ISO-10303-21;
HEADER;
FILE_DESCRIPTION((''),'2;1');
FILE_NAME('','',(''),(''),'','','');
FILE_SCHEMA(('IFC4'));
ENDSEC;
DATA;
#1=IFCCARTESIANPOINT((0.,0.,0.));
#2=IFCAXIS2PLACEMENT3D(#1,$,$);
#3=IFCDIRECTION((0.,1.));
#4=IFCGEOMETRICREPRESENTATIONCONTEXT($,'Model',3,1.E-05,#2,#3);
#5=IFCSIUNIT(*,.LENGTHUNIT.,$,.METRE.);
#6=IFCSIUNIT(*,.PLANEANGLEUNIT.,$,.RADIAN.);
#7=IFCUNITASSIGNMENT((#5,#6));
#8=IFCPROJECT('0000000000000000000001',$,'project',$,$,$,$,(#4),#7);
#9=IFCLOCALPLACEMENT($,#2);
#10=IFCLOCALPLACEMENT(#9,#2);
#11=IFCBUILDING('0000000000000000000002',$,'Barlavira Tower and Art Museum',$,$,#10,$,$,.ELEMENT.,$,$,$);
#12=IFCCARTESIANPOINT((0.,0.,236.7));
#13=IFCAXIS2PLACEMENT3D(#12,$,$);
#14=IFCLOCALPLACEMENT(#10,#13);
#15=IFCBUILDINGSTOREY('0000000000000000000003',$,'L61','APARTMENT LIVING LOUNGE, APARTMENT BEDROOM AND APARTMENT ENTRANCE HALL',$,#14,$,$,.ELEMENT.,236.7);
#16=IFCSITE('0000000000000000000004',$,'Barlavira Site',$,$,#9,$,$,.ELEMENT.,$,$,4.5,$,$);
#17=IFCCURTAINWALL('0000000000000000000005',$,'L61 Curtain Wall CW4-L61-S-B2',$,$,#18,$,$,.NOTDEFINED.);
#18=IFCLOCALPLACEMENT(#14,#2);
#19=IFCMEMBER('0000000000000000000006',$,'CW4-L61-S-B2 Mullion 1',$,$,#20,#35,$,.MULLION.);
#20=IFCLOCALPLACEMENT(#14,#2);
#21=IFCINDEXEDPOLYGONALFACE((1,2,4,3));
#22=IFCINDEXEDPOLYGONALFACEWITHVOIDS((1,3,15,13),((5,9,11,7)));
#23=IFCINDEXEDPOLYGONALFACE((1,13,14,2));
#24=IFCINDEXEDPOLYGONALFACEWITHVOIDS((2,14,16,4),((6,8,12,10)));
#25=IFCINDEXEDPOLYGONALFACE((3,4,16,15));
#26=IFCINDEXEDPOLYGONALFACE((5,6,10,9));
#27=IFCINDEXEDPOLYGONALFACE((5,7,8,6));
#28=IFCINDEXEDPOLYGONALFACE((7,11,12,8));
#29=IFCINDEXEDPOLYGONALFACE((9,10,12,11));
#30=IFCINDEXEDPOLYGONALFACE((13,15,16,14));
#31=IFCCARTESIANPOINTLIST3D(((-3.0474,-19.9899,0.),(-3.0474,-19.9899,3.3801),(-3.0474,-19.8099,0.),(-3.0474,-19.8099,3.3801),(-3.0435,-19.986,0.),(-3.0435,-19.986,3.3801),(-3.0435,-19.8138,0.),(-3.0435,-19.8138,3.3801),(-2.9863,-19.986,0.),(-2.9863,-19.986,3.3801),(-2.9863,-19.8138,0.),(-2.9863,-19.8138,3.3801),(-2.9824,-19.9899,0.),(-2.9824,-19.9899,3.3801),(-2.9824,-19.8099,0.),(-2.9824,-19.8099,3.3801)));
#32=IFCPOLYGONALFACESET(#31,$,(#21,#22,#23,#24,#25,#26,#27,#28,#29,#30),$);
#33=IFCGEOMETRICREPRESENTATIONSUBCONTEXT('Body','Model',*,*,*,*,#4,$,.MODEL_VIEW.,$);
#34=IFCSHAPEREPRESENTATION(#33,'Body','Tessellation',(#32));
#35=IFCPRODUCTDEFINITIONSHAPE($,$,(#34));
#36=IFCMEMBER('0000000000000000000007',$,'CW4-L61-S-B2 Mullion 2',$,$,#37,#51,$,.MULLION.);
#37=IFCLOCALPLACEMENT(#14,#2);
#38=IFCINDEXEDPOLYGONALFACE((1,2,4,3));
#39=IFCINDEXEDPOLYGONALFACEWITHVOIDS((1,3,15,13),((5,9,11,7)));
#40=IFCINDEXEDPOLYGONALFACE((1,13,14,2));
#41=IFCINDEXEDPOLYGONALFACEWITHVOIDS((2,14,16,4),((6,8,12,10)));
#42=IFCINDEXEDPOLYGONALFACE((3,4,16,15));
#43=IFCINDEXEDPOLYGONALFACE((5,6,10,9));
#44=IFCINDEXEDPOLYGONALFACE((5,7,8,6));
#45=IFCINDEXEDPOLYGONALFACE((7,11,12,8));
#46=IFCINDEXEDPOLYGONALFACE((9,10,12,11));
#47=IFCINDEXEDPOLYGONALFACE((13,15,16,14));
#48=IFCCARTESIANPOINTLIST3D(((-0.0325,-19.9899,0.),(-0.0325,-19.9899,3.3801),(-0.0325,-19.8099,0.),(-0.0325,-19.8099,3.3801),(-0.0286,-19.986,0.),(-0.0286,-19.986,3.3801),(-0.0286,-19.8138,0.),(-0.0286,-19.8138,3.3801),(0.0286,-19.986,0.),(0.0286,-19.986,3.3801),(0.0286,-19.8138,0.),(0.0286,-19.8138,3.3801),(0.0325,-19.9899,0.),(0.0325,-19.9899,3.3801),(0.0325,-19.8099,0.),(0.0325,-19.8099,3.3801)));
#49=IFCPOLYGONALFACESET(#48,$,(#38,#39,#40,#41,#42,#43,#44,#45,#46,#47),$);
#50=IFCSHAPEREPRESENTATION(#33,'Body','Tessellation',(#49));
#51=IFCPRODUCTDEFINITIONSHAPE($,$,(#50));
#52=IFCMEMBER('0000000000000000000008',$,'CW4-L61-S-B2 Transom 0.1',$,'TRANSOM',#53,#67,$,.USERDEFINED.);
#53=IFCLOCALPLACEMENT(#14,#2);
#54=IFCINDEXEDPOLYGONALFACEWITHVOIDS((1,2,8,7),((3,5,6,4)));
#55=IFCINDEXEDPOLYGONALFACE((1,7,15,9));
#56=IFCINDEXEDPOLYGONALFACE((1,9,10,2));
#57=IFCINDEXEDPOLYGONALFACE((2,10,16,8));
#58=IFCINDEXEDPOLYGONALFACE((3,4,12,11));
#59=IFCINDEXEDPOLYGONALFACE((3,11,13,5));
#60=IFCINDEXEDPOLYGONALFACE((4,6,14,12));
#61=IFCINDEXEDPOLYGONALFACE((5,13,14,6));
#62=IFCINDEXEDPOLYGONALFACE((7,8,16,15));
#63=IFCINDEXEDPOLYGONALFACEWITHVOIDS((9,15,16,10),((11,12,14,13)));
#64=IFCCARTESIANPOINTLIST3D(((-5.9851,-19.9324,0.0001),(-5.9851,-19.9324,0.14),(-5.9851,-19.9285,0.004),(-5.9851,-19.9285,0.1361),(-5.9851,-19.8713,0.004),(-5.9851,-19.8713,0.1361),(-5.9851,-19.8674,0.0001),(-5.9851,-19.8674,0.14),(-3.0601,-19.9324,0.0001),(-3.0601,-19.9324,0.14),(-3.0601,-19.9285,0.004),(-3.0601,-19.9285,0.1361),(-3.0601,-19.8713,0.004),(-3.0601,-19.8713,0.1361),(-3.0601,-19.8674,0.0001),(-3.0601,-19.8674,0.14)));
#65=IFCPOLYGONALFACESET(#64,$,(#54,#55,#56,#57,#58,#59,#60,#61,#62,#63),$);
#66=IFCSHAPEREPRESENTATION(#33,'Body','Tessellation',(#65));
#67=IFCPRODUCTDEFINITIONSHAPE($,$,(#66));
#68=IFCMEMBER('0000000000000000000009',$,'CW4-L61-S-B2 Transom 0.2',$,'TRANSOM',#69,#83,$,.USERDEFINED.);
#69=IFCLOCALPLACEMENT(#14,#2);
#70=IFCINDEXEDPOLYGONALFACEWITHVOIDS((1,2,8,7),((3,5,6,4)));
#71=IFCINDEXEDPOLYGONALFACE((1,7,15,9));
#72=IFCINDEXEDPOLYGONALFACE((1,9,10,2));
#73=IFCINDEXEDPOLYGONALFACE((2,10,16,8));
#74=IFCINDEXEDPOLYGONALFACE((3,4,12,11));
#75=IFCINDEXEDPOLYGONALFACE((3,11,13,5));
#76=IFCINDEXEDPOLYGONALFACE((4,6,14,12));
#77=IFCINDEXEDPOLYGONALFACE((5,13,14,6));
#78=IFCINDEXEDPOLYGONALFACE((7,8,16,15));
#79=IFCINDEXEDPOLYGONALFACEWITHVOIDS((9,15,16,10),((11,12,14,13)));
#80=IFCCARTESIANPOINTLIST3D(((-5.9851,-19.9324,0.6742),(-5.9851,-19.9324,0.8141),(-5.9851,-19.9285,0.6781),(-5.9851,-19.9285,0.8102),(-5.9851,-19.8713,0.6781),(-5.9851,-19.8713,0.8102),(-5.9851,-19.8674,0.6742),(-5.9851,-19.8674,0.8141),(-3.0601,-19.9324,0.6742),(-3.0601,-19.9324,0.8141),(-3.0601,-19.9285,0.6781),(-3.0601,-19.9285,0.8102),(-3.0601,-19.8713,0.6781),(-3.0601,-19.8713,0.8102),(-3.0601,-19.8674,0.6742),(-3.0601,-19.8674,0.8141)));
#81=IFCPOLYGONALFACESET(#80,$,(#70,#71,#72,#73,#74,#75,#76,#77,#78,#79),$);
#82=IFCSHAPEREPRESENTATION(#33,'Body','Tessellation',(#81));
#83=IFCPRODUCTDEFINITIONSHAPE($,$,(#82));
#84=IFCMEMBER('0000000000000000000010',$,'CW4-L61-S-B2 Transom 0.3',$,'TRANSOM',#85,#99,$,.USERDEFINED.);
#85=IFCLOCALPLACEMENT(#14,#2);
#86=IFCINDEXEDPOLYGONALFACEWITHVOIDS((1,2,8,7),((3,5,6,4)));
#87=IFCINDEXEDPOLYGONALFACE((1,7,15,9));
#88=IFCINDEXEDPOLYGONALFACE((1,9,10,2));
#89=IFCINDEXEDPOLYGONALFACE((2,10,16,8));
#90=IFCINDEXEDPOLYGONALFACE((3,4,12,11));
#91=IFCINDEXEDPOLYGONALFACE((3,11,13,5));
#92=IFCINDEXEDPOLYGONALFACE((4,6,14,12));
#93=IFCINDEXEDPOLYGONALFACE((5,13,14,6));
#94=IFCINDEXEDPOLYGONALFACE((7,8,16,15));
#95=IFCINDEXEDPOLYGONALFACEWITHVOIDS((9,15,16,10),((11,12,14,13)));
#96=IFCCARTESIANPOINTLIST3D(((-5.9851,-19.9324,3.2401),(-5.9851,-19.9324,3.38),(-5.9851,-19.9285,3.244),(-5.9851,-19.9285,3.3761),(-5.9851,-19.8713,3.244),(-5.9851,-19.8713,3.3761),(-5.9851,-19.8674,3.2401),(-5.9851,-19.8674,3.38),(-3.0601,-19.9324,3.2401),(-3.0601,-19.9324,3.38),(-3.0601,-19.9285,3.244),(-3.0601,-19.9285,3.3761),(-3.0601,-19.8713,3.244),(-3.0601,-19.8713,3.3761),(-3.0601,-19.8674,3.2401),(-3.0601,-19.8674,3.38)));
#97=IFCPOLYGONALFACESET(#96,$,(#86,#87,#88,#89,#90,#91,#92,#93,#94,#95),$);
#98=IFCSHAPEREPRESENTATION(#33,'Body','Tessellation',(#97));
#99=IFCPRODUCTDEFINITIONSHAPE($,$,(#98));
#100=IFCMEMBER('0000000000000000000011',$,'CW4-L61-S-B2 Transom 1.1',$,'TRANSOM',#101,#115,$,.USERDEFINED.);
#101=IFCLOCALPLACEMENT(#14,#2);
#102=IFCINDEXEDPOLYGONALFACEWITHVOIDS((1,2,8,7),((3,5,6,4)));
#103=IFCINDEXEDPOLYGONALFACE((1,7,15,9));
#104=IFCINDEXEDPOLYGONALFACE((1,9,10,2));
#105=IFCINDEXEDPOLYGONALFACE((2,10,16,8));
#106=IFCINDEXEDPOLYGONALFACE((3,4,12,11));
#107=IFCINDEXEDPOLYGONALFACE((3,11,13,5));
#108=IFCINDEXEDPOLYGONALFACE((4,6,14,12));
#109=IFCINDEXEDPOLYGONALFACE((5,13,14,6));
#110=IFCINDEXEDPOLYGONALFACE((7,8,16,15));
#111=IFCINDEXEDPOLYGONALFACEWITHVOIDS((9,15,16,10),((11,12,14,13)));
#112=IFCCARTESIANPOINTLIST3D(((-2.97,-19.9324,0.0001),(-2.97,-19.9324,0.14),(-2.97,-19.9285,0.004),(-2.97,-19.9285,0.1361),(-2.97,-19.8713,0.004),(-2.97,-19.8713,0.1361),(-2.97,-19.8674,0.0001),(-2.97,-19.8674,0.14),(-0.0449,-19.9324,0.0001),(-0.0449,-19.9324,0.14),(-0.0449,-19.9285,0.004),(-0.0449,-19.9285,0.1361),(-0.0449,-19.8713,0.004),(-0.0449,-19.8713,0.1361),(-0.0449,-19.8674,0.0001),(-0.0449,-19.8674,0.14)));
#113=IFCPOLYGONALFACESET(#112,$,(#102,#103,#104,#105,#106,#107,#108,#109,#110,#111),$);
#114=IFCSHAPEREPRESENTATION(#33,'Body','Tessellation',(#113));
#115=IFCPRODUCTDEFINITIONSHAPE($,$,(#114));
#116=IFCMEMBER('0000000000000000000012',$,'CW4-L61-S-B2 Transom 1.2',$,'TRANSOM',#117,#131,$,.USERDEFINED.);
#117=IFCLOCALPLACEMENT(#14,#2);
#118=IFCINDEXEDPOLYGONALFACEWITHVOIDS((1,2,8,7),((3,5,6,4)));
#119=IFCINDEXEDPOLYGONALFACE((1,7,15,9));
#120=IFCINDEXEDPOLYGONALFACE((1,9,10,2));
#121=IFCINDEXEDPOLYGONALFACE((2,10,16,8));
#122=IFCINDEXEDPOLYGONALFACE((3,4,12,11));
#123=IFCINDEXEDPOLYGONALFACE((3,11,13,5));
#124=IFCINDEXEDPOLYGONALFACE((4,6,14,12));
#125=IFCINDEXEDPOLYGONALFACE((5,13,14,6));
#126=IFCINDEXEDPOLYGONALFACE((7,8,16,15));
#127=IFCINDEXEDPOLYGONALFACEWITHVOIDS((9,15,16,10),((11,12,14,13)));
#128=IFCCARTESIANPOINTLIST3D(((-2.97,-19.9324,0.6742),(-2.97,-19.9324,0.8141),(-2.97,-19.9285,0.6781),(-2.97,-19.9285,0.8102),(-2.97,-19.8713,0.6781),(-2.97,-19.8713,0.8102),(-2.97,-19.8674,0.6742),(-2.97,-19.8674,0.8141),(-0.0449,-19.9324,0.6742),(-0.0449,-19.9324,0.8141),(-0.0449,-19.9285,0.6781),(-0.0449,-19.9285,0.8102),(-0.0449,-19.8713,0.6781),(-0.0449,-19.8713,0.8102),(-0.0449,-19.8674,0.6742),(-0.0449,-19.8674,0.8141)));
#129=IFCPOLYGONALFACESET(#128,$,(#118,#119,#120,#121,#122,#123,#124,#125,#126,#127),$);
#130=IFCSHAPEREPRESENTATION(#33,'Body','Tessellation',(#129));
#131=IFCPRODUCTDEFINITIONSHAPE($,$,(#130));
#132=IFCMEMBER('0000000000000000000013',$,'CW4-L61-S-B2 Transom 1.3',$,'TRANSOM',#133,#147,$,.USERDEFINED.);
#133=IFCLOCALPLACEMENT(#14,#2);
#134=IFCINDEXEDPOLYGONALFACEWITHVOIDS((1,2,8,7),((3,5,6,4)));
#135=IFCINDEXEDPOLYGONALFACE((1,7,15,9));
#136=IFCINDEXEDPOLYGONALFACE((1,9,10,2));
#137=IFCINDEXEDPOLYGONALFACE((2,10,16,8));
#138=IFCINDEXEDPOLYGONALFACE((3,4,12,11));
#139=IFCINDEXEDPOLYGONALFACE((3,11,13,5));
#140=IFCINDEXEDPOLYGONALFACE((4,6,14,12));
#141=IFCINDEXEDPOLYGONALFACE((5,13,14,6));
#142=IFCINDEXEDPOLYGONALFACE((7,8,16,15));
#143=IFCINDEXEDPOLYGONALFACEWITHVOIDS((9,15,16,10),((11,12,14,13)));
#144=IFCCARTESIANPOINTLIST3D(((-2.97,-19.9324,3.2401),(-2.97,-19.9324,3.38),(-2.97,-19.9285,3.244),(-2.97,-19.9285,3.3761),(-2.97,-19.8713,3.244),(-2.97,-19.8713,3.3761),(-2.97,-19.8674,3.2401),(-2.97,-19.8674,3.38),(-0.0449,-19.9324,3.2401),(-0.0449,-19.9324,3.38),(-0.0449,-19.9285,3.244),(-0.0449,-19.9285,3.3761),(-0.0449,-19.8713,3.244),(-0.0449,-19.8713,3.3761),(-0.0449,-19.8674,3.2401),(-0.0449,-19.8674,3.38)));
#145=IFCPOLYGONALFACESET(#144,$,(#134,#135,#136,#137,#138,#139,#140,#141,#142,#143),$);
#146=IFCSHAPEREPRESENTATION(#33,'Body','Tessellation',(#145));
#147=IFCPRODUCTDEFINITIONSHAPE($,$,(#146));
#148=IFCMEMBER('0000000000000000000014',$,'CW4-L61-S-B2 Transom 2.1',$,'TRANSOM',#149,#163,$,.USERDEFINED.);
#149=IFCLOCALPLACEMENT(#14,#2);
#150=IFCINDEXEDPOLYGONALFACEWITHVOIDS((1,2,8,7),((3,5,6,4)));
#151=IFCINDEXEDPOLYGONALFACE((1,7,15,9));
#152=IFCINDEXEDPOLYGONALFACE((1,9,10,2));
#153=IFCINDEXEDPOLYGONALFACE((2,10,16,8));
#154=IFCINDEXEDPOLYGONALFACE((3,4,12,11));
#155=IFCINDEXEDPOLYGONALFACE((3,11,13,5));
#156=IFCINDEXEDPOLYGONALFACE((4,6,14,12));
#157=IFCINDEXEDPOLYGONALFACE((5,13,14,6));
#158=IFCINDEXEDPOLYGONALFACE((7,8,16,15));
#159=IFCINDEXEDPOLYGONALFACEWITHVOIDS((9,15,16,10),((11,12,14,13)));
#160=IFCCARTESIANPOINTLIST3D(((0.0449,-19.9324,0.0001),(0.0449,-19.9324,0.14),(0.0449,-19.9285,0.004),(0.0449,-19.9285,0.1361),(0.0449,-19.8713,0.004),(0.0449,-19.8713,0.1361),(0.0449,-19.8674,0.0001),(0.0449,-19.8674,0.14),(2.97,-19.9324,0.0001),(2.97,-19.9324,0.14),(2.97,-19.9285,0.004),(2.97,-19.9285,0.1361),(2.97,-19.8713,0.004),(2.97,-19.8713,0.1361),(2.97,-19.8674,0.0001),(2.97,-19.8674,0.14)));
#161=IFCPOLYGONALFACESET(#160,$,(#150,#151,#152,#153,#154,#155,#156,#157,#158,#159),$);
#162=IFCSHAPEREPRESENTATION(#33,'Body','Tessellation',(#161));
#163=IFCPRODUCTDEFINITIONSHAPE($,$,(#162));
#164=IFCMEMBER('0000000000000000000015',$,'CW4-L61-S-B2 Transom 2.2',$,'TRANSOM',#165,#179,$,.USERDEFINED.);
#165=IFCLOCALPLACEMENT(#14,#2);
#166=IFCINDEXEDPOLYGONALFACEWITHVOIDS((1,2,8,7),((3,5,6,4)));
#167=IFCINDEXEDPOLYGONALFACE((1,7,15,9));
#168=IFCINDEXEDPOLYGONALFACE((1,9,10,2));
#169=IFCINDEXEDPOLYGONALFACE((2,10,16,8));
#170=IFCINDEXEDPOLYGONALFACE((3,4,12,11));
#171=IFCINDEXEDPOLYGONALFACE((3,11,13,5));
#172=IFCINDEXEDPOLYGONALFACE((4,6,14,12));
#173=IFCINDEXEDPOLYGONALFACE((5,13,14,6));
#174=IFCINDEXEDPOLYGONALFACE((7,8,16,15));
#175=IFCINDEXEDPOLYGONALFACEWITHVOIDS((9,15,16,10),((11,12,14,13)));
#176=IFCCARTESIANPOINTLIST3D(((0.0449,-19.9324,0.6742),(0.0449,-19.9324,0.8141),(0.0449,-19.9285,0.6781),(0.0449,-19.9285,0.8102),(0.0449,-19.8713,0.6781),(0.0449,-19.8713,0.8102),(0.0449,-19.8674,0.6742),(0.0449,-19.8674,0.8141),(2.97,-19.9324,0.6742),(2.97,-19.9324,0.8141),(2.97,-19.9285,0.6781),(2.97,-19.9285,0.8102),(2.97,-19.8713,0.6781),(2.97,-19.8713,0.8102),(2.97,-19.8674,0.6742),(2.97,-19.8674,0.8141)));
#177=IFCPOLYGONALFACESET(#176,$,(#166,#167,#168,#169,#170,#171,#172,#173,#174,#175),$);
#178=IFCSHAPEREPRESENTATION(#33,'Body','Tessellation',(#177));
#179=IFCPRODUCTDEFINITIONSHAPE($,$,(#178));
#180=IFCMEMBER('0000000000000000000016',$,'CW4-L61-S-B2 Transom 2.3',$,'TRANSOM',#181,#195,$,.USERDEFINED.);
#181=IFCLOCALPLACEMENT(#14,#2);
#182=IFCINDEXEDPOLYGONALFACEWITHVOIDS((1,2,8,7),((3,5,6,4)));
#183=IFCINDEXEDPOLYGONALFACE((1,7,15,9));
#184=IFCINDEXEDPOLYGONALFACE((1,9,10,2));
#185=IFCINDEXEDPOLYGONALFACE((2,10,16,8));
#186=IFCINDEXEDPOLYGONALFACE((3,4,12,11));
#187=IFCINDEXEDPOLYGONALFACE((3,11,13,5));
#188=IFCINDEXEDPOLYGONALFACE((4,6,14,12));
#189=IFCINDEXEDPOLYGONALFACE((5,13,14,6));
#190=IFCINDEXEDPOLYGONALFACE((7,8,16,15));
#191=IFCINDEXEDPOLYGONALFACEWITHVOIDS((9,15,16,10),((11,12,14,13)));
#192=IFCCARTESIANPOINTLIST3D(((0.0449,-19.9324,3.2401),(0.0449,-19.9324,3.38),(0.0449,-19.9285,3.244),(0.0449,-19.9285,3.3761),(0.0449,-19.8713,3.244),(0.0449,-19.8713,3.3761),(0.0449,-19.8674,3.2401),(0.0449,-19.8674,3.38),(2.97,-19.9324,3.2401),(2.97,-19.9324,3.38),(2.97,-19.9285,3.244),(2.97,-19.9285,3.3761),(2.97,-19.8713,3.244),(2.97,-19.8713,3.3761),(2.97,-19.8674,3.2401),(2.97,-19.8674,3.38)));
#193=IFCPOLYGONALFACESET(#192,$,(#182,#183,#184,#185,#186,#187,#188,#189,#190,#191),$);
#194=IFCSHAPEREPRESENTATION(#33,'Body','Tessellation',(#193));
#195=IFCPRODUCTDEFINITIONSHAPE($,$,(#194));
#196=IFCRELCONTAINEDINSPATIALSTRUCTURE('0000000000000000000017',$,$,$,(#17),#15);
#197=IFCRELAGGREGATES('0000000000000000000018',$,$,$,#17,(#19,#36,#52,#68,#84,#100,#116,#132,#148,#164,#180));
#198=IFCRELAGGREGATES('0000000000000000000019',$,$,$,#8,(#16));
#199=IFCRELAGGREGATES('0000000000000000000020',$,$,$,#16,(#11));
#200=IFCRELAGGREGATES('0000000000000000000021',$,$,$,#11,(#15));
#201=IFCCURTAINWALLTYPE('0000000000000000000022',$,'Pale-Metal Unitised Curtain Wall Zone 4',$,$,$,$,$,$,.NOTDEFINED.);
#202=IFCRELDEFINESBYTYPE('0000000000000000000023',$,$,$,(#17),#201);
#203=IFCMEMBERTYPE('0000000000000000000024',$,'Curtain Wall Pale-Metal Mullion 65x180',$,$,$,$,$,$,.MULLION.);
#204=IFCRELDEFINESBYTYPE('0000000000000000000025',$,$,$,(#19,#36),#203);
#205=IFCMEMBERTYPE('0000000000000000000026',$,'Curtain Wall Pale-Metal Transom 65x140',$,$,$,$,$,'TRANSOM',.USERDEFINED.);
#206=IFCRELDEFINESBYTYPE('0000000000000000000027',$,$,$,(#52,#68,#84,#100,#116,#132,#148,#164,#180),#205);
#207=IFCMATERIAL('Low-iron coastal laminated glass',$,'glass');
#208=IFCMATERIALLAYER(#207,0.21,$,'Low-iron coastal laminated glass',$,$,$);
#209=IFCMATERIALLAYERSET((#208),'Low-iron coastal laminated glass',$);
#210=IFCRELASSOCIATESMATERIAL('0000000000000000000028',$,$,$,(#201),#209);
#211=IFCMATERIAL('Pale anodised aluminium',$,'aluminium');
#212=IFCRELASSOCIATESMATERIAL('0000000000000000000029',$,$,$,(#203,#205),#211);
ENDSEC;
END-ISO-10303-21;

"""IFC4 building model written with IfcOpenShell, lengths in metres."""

from ifc_helpers import new_model, si_unit, direction, frame, origin, origin_2d, place, context, subcontext, project, spatial, hollow_rectangle, extrude, material, layer, layer_set, material_profile, profile_set, type_object, element, aggregate, save


model = new_model("IFC4")

# Units and contexts
model_context = context("Model", 3, precision=1e-05, world=origin(), true_north=direction((0.0, 1.0)))
body_context = subcontext(model_context, "Body", "Model", "MODEL_VIEW")
ifc_project = project(units=[si_unit("LENGTHUNIT", "METRE"), si_unit("PLANEANGLEUNIT", "RADIAN")], contexts=[model_context])

# Site, building, storey
site_placement = place(None, origin())
site = spatial("IfcSite", under=ifc_project, at=site_placement, Name="Barlavira Site", CompositionType="ELEMENT", RefElevation=4.5)
building_placement = place(site_placement, origin())
building = spatial("IfcBuilding", under=site, at=building_placement, Name="Barlavira Tower and Art Museum", CompositionType="ELEMENT")
storey_placement = place(building_placement, frame((0.0, 0.0, 236.7)))
storey = spatial("IfcBuildingStorey", under=building, at=storey_placement, Name="L61", Description="APARTMENT LIVING LOUNGE, APARTMENT BEDROOM AND APARTMENT ENTRANCE HALL", CompositionType="ELEMENT", Elevation=236.7)

# Curtain wall, members
ifc_material_1 = material(Name="Low-iron coastal laminated glass", Category="glass")
ifc_layer_1 = layer(ifc_material_1, 0.21, Name="Low-iron coastal laminated glass")
ifc_layer_set_1 = layer_set([ifc_layer_1], Name="Low-iron coastal laminated glass")
curtain_wall_type = type_object("IfcCurtainWallType", Name="Pale-Metal Unitised Curtain Wall Zone 4", PredefinedType="NOTDEFINED", material=ifc_layer_set_1)
curtain_wall_placement = place(storey_placement, origin())
curtain_wall = element("IfcCurtainWall", 1, at=curtain_wall_placement, inside=storey, type_object=curtain_wall_type, Name="L61 Curtain Wall CW4-L61-S-B2", PredefinedType="NOTDEFINED")
ifc_material_2 = material(Name="Pale anodised aluminium", Category="aluminium")
ifc_material_profile_1 = material_profile(ifc_material_2, hollow_rectangle(XDim=0.0649, YDim=0.1799, WallThickness=0.0039, at=origin_2d()), Name="ALU-MULL 65x180x4")
ifc_profile_set_1 = profile_set([ifc_material_profile_1], Name="Pale anodised aluminium")
member_type_1 = type_object("IfcMemberType", Name="Curtain Wall Pale-Metal Mullion 65x180", PredefinedType="MULLION", material=ifc_profile_set_1)
member_1_placement = place(storey_placement, frame((-3.0149, -19.8999, 0.0), z_axis=(0.0, 0.0, 1.0), x_axis=(1.0, 0.0, 0.0)))
member_1 = element("IfcMember", 2, at=member_1_placement, type_object=member_type_1, Name="CW4-L61-S-B2 Mullion 1", PredefinedType="MULLION", context=body_context, shape_type="SweptSolid", body=[
    extrude(hollow_rectangle(XDim=0.0649, YDim=0.1799, WallThickness=0.0039, at=origin_2d()), origin(), (0.0, 0.0, 1.0), 3.3801),
])
member_2_placement = place(storey_placement, frame((0.0, -19.8999, 0.0), z_axis=(0.0, 0.0, 1.0), x_axis=(1.0, 0.0, 0.0)))
member_2 = element("IfcMember", 3, at=member_2_placement, type_object=member_type_1, Name="CW4-L61-S-B2 Mullion 2", PredefinedType="MULLION", context=body_context, shape_type="SweptSolid", body=[
    extrude(hollow_rectangle(XDim=0.0649, YDim=0.1799, WallThickness=0.0039, at=origin_2d()), origin(), (0.0, 0.0, 1.0), 3.3801),
])
ifc_material_profile_2 = material_profile(ifc_material_2, hollow_rectangle(XDim=0.0649, YDim=0.1399, WallThickness=0.0039, at=origin_2d()), Name="ALU-TRAN 65x140x4")
ifc_profile_set_2 = profile_set([ifc_material_profile_2], Name="Pale anodised aluminium")
member_type_2 = type_object("IfcMemberType", Name="Curtain Wall Pale-Metal Transom 65x140", ElementType="TRANSOM", PredefinedType="USERDEFINED", material=ifc_profile_set_2)
member_3_placement = place(storey_placement, frame((-5.9851, -19.8999, 0.0701), z_axis=(1.0, 0.0, 0.0), x_axis=(0.0, 1.0, 0.0)))
member_3 = element("IfcMember", 4, at=member_3_placement, type_object=member_type_2, Name="CW4-L61-S-B2 Transom 0.1", ObjectType="TRANSOM", PredefinedType="USERDEFINED", context=body_context, shape_type="SweptSolid", body=[
    extrude(hollow_rectangle(XDim=0.0649, YDim=0.1399, WallThickness=0.0039, at=origin_2d()), origin(), (0.0, 0.0, 1.0), 2.925),
])
member_4_placement = place(storey_placement, frame((-5.9851, -19.8999, 0.7441), z_axis=(1.0, 0.0, 0.0), x_axis=(0.0, 1.0, 0.0)))
member_4 = element("IfcMember", 5, at=member_4_placement, type_object=member_type_2, Name="CW4-L61-S-B2 Transom 0.2", ObjectType="TRANSOM", PredefinedType="USERDEFINED", context=body_context, shape_type="SweptSolid", body=[
    extrude(hollow_rectangle(XDim=0.0649, YDim=0.1399, WallThickness=0.0039, at=origin_2d()), origin(), (0.0, 0.0, 1.0), 2.925),
])
member_5_placement = place(storey_placement, frame((-5.9851, -19.8999, 3.3101), z_axis=(1.0, 0.0, 0.0), x_axis=(0.0, 1.0, 0.0)))
member_5 = element("IfcMember", 6, at=member_5_placement, type_object=member_type_2, Name="CW4-L61-S-B2 Transom 0.3", ObjectType="TRANSOM", PredefinedType="USERDEFINED", context=body_context, shape_type="SweptSolid", body=[
    extrude(hollow_rectangle(XDim=0.0649, YDim=0.1399, WallThickness=0.0039, at=origin_2d()), origin(), (0.0, 0.0, 1.0), 2.925),
])
member_6_placement = place(storey_placement, frame((-2.97, -19.8999, 0.0701), z_axis=(1.0, 0.0, 0.0), x_axis=(0.0, 1.0, 0.0)))
member_6 = element("IfcMember", 7, at=member_6_placement, type_object=member_type_2, Name="CW4-L61-S-B2 Transom 1.1", ObjectType="TRANSOM", PredefinedType="USERDEFINED", context=body_context, shape_type="SweptSolid", body=[
    extrude(hollow_rectangle(XDim=0.0649, YDim=0.1399, WallThickness=0.0039, at=origin_2d()), origin(), (0.0, 0.0, 1.0), 2.925),
])
member_7_placement = place(storey_placement, frame((-2.97, -19.8999, 0.7441), z_axis=(1.0, 0.0, 0.0), x_axis=(0.0, 1.0, 0.0)))
member_7 = element("IfcMember", 8, at=member_7_placement, type_object=member_type_2, Name="CW4-L61-S-B2 Transom 1.2", ObjectType="TRANSOM", PredefinedType="USERDEFINED", context=body_context, shape_type="SweptSolid", body=[
    extrude(hollow_rectangle(XDim=0.0649, YDim=0.1399, WallThickness=0.0039, at=origin_2d()), origin(), (0.0, 0.0, 1.0), 2.925),
])
member_8_placement = place(storey_placement, frame((-2.97, -19.8999, 3.3101), z_axis=(1.0, 0.0, 0.0), x_axis=(0.0, 1.0, 0.0)))
member_8 = element("IfcMember", 9, at=member_8_placement, type_object=member_type_2, Name="CW4-L61-S-B2 Transom 1.3", ObjectType="TRANSOM", PredefinedType="USERDEFINED", context=body_context, shape_type="SweptSolid", body=[
    extrude(hollow_rectangle(XDim=0.0649, YDim=0.1399, WallThickness=0.0039, at=origin_2d()), origin(), (0.0, 0.0, 1.0), 2.925),
])
member_9_placement = place(storey_placement, frame((0.0449, -19.8999, 0.0701), z_axis=(1.0, 0.0, 0.0), x_axis=(0.0, 1.0, 0.0)))
member_9 = element("IfcMember", 10, at=member_9_placement, type_object=member_type_2, Name="CW4-L61-S-B2 Transom 2.1", ObjectType="TRANSOM", PredefinedType="USERDEFINED", context=body_context, shape_type="SweptSolid", body=[
    extrude(hollow_rectangle(XDim=0.0649, YDim=0.1399, WallThickness=0.0039, at=origin_2d()), origin(), (0.0, 0.0, 1.0), 2.925),
])
member_10_placement = place(storey_placement, frame((0.0449, -19.8999, 0.7441), z_axis=(1.0, 0.0, 0.0), x_axis=(0.0, 1.0, 0.0)))
member_10 = element("IfcMember", 11, at=member_10_placement, type_object=member_type_2, Name="CW4-L61-S-B2 Transom 2.2", ObjectType="TRANSOM", PredefinedType="USERDEFINED", context=body_context, shape_type="SweptSolid", body=[
    extrude(hollow_rectangle(XDim=0.0649, YDim=0.1399, WallThickness=0.0039, at=origin_2d()), origin(), (0.0, 0.0, 1.0), 2.925),
])
member_11_placement = place(storey_placement, frame((0.0449, -19.8999, 3.3101), z_axis=(1.0, 0.0, 0.0), x_axis=(0.0, 1.0, 0.0)))
member_11 = element("IfcMember", 12, at=member_11_placement, type_object=member_type_2, Name="CW4-L61-S-B2 Transom 2.3", ObjectType="TRANSOM", PredefinedType="USERDEFINED", context=body_context, shape_type="SweptSolid", body=[
    extrude(hollow_rectangle(XDim=0.0649, YDim=0.1399, WallThickness=0.0039, at=origin_2d()), origin(), (0.0, 0.0, 1.0), 2.925),
])

aggregate(curtain_wall, [member_1, member_2, member_3, member_4, member_5, member_6, member_7, member_8, member_9, member_10, member_11])

save(model, "model.ifc")
